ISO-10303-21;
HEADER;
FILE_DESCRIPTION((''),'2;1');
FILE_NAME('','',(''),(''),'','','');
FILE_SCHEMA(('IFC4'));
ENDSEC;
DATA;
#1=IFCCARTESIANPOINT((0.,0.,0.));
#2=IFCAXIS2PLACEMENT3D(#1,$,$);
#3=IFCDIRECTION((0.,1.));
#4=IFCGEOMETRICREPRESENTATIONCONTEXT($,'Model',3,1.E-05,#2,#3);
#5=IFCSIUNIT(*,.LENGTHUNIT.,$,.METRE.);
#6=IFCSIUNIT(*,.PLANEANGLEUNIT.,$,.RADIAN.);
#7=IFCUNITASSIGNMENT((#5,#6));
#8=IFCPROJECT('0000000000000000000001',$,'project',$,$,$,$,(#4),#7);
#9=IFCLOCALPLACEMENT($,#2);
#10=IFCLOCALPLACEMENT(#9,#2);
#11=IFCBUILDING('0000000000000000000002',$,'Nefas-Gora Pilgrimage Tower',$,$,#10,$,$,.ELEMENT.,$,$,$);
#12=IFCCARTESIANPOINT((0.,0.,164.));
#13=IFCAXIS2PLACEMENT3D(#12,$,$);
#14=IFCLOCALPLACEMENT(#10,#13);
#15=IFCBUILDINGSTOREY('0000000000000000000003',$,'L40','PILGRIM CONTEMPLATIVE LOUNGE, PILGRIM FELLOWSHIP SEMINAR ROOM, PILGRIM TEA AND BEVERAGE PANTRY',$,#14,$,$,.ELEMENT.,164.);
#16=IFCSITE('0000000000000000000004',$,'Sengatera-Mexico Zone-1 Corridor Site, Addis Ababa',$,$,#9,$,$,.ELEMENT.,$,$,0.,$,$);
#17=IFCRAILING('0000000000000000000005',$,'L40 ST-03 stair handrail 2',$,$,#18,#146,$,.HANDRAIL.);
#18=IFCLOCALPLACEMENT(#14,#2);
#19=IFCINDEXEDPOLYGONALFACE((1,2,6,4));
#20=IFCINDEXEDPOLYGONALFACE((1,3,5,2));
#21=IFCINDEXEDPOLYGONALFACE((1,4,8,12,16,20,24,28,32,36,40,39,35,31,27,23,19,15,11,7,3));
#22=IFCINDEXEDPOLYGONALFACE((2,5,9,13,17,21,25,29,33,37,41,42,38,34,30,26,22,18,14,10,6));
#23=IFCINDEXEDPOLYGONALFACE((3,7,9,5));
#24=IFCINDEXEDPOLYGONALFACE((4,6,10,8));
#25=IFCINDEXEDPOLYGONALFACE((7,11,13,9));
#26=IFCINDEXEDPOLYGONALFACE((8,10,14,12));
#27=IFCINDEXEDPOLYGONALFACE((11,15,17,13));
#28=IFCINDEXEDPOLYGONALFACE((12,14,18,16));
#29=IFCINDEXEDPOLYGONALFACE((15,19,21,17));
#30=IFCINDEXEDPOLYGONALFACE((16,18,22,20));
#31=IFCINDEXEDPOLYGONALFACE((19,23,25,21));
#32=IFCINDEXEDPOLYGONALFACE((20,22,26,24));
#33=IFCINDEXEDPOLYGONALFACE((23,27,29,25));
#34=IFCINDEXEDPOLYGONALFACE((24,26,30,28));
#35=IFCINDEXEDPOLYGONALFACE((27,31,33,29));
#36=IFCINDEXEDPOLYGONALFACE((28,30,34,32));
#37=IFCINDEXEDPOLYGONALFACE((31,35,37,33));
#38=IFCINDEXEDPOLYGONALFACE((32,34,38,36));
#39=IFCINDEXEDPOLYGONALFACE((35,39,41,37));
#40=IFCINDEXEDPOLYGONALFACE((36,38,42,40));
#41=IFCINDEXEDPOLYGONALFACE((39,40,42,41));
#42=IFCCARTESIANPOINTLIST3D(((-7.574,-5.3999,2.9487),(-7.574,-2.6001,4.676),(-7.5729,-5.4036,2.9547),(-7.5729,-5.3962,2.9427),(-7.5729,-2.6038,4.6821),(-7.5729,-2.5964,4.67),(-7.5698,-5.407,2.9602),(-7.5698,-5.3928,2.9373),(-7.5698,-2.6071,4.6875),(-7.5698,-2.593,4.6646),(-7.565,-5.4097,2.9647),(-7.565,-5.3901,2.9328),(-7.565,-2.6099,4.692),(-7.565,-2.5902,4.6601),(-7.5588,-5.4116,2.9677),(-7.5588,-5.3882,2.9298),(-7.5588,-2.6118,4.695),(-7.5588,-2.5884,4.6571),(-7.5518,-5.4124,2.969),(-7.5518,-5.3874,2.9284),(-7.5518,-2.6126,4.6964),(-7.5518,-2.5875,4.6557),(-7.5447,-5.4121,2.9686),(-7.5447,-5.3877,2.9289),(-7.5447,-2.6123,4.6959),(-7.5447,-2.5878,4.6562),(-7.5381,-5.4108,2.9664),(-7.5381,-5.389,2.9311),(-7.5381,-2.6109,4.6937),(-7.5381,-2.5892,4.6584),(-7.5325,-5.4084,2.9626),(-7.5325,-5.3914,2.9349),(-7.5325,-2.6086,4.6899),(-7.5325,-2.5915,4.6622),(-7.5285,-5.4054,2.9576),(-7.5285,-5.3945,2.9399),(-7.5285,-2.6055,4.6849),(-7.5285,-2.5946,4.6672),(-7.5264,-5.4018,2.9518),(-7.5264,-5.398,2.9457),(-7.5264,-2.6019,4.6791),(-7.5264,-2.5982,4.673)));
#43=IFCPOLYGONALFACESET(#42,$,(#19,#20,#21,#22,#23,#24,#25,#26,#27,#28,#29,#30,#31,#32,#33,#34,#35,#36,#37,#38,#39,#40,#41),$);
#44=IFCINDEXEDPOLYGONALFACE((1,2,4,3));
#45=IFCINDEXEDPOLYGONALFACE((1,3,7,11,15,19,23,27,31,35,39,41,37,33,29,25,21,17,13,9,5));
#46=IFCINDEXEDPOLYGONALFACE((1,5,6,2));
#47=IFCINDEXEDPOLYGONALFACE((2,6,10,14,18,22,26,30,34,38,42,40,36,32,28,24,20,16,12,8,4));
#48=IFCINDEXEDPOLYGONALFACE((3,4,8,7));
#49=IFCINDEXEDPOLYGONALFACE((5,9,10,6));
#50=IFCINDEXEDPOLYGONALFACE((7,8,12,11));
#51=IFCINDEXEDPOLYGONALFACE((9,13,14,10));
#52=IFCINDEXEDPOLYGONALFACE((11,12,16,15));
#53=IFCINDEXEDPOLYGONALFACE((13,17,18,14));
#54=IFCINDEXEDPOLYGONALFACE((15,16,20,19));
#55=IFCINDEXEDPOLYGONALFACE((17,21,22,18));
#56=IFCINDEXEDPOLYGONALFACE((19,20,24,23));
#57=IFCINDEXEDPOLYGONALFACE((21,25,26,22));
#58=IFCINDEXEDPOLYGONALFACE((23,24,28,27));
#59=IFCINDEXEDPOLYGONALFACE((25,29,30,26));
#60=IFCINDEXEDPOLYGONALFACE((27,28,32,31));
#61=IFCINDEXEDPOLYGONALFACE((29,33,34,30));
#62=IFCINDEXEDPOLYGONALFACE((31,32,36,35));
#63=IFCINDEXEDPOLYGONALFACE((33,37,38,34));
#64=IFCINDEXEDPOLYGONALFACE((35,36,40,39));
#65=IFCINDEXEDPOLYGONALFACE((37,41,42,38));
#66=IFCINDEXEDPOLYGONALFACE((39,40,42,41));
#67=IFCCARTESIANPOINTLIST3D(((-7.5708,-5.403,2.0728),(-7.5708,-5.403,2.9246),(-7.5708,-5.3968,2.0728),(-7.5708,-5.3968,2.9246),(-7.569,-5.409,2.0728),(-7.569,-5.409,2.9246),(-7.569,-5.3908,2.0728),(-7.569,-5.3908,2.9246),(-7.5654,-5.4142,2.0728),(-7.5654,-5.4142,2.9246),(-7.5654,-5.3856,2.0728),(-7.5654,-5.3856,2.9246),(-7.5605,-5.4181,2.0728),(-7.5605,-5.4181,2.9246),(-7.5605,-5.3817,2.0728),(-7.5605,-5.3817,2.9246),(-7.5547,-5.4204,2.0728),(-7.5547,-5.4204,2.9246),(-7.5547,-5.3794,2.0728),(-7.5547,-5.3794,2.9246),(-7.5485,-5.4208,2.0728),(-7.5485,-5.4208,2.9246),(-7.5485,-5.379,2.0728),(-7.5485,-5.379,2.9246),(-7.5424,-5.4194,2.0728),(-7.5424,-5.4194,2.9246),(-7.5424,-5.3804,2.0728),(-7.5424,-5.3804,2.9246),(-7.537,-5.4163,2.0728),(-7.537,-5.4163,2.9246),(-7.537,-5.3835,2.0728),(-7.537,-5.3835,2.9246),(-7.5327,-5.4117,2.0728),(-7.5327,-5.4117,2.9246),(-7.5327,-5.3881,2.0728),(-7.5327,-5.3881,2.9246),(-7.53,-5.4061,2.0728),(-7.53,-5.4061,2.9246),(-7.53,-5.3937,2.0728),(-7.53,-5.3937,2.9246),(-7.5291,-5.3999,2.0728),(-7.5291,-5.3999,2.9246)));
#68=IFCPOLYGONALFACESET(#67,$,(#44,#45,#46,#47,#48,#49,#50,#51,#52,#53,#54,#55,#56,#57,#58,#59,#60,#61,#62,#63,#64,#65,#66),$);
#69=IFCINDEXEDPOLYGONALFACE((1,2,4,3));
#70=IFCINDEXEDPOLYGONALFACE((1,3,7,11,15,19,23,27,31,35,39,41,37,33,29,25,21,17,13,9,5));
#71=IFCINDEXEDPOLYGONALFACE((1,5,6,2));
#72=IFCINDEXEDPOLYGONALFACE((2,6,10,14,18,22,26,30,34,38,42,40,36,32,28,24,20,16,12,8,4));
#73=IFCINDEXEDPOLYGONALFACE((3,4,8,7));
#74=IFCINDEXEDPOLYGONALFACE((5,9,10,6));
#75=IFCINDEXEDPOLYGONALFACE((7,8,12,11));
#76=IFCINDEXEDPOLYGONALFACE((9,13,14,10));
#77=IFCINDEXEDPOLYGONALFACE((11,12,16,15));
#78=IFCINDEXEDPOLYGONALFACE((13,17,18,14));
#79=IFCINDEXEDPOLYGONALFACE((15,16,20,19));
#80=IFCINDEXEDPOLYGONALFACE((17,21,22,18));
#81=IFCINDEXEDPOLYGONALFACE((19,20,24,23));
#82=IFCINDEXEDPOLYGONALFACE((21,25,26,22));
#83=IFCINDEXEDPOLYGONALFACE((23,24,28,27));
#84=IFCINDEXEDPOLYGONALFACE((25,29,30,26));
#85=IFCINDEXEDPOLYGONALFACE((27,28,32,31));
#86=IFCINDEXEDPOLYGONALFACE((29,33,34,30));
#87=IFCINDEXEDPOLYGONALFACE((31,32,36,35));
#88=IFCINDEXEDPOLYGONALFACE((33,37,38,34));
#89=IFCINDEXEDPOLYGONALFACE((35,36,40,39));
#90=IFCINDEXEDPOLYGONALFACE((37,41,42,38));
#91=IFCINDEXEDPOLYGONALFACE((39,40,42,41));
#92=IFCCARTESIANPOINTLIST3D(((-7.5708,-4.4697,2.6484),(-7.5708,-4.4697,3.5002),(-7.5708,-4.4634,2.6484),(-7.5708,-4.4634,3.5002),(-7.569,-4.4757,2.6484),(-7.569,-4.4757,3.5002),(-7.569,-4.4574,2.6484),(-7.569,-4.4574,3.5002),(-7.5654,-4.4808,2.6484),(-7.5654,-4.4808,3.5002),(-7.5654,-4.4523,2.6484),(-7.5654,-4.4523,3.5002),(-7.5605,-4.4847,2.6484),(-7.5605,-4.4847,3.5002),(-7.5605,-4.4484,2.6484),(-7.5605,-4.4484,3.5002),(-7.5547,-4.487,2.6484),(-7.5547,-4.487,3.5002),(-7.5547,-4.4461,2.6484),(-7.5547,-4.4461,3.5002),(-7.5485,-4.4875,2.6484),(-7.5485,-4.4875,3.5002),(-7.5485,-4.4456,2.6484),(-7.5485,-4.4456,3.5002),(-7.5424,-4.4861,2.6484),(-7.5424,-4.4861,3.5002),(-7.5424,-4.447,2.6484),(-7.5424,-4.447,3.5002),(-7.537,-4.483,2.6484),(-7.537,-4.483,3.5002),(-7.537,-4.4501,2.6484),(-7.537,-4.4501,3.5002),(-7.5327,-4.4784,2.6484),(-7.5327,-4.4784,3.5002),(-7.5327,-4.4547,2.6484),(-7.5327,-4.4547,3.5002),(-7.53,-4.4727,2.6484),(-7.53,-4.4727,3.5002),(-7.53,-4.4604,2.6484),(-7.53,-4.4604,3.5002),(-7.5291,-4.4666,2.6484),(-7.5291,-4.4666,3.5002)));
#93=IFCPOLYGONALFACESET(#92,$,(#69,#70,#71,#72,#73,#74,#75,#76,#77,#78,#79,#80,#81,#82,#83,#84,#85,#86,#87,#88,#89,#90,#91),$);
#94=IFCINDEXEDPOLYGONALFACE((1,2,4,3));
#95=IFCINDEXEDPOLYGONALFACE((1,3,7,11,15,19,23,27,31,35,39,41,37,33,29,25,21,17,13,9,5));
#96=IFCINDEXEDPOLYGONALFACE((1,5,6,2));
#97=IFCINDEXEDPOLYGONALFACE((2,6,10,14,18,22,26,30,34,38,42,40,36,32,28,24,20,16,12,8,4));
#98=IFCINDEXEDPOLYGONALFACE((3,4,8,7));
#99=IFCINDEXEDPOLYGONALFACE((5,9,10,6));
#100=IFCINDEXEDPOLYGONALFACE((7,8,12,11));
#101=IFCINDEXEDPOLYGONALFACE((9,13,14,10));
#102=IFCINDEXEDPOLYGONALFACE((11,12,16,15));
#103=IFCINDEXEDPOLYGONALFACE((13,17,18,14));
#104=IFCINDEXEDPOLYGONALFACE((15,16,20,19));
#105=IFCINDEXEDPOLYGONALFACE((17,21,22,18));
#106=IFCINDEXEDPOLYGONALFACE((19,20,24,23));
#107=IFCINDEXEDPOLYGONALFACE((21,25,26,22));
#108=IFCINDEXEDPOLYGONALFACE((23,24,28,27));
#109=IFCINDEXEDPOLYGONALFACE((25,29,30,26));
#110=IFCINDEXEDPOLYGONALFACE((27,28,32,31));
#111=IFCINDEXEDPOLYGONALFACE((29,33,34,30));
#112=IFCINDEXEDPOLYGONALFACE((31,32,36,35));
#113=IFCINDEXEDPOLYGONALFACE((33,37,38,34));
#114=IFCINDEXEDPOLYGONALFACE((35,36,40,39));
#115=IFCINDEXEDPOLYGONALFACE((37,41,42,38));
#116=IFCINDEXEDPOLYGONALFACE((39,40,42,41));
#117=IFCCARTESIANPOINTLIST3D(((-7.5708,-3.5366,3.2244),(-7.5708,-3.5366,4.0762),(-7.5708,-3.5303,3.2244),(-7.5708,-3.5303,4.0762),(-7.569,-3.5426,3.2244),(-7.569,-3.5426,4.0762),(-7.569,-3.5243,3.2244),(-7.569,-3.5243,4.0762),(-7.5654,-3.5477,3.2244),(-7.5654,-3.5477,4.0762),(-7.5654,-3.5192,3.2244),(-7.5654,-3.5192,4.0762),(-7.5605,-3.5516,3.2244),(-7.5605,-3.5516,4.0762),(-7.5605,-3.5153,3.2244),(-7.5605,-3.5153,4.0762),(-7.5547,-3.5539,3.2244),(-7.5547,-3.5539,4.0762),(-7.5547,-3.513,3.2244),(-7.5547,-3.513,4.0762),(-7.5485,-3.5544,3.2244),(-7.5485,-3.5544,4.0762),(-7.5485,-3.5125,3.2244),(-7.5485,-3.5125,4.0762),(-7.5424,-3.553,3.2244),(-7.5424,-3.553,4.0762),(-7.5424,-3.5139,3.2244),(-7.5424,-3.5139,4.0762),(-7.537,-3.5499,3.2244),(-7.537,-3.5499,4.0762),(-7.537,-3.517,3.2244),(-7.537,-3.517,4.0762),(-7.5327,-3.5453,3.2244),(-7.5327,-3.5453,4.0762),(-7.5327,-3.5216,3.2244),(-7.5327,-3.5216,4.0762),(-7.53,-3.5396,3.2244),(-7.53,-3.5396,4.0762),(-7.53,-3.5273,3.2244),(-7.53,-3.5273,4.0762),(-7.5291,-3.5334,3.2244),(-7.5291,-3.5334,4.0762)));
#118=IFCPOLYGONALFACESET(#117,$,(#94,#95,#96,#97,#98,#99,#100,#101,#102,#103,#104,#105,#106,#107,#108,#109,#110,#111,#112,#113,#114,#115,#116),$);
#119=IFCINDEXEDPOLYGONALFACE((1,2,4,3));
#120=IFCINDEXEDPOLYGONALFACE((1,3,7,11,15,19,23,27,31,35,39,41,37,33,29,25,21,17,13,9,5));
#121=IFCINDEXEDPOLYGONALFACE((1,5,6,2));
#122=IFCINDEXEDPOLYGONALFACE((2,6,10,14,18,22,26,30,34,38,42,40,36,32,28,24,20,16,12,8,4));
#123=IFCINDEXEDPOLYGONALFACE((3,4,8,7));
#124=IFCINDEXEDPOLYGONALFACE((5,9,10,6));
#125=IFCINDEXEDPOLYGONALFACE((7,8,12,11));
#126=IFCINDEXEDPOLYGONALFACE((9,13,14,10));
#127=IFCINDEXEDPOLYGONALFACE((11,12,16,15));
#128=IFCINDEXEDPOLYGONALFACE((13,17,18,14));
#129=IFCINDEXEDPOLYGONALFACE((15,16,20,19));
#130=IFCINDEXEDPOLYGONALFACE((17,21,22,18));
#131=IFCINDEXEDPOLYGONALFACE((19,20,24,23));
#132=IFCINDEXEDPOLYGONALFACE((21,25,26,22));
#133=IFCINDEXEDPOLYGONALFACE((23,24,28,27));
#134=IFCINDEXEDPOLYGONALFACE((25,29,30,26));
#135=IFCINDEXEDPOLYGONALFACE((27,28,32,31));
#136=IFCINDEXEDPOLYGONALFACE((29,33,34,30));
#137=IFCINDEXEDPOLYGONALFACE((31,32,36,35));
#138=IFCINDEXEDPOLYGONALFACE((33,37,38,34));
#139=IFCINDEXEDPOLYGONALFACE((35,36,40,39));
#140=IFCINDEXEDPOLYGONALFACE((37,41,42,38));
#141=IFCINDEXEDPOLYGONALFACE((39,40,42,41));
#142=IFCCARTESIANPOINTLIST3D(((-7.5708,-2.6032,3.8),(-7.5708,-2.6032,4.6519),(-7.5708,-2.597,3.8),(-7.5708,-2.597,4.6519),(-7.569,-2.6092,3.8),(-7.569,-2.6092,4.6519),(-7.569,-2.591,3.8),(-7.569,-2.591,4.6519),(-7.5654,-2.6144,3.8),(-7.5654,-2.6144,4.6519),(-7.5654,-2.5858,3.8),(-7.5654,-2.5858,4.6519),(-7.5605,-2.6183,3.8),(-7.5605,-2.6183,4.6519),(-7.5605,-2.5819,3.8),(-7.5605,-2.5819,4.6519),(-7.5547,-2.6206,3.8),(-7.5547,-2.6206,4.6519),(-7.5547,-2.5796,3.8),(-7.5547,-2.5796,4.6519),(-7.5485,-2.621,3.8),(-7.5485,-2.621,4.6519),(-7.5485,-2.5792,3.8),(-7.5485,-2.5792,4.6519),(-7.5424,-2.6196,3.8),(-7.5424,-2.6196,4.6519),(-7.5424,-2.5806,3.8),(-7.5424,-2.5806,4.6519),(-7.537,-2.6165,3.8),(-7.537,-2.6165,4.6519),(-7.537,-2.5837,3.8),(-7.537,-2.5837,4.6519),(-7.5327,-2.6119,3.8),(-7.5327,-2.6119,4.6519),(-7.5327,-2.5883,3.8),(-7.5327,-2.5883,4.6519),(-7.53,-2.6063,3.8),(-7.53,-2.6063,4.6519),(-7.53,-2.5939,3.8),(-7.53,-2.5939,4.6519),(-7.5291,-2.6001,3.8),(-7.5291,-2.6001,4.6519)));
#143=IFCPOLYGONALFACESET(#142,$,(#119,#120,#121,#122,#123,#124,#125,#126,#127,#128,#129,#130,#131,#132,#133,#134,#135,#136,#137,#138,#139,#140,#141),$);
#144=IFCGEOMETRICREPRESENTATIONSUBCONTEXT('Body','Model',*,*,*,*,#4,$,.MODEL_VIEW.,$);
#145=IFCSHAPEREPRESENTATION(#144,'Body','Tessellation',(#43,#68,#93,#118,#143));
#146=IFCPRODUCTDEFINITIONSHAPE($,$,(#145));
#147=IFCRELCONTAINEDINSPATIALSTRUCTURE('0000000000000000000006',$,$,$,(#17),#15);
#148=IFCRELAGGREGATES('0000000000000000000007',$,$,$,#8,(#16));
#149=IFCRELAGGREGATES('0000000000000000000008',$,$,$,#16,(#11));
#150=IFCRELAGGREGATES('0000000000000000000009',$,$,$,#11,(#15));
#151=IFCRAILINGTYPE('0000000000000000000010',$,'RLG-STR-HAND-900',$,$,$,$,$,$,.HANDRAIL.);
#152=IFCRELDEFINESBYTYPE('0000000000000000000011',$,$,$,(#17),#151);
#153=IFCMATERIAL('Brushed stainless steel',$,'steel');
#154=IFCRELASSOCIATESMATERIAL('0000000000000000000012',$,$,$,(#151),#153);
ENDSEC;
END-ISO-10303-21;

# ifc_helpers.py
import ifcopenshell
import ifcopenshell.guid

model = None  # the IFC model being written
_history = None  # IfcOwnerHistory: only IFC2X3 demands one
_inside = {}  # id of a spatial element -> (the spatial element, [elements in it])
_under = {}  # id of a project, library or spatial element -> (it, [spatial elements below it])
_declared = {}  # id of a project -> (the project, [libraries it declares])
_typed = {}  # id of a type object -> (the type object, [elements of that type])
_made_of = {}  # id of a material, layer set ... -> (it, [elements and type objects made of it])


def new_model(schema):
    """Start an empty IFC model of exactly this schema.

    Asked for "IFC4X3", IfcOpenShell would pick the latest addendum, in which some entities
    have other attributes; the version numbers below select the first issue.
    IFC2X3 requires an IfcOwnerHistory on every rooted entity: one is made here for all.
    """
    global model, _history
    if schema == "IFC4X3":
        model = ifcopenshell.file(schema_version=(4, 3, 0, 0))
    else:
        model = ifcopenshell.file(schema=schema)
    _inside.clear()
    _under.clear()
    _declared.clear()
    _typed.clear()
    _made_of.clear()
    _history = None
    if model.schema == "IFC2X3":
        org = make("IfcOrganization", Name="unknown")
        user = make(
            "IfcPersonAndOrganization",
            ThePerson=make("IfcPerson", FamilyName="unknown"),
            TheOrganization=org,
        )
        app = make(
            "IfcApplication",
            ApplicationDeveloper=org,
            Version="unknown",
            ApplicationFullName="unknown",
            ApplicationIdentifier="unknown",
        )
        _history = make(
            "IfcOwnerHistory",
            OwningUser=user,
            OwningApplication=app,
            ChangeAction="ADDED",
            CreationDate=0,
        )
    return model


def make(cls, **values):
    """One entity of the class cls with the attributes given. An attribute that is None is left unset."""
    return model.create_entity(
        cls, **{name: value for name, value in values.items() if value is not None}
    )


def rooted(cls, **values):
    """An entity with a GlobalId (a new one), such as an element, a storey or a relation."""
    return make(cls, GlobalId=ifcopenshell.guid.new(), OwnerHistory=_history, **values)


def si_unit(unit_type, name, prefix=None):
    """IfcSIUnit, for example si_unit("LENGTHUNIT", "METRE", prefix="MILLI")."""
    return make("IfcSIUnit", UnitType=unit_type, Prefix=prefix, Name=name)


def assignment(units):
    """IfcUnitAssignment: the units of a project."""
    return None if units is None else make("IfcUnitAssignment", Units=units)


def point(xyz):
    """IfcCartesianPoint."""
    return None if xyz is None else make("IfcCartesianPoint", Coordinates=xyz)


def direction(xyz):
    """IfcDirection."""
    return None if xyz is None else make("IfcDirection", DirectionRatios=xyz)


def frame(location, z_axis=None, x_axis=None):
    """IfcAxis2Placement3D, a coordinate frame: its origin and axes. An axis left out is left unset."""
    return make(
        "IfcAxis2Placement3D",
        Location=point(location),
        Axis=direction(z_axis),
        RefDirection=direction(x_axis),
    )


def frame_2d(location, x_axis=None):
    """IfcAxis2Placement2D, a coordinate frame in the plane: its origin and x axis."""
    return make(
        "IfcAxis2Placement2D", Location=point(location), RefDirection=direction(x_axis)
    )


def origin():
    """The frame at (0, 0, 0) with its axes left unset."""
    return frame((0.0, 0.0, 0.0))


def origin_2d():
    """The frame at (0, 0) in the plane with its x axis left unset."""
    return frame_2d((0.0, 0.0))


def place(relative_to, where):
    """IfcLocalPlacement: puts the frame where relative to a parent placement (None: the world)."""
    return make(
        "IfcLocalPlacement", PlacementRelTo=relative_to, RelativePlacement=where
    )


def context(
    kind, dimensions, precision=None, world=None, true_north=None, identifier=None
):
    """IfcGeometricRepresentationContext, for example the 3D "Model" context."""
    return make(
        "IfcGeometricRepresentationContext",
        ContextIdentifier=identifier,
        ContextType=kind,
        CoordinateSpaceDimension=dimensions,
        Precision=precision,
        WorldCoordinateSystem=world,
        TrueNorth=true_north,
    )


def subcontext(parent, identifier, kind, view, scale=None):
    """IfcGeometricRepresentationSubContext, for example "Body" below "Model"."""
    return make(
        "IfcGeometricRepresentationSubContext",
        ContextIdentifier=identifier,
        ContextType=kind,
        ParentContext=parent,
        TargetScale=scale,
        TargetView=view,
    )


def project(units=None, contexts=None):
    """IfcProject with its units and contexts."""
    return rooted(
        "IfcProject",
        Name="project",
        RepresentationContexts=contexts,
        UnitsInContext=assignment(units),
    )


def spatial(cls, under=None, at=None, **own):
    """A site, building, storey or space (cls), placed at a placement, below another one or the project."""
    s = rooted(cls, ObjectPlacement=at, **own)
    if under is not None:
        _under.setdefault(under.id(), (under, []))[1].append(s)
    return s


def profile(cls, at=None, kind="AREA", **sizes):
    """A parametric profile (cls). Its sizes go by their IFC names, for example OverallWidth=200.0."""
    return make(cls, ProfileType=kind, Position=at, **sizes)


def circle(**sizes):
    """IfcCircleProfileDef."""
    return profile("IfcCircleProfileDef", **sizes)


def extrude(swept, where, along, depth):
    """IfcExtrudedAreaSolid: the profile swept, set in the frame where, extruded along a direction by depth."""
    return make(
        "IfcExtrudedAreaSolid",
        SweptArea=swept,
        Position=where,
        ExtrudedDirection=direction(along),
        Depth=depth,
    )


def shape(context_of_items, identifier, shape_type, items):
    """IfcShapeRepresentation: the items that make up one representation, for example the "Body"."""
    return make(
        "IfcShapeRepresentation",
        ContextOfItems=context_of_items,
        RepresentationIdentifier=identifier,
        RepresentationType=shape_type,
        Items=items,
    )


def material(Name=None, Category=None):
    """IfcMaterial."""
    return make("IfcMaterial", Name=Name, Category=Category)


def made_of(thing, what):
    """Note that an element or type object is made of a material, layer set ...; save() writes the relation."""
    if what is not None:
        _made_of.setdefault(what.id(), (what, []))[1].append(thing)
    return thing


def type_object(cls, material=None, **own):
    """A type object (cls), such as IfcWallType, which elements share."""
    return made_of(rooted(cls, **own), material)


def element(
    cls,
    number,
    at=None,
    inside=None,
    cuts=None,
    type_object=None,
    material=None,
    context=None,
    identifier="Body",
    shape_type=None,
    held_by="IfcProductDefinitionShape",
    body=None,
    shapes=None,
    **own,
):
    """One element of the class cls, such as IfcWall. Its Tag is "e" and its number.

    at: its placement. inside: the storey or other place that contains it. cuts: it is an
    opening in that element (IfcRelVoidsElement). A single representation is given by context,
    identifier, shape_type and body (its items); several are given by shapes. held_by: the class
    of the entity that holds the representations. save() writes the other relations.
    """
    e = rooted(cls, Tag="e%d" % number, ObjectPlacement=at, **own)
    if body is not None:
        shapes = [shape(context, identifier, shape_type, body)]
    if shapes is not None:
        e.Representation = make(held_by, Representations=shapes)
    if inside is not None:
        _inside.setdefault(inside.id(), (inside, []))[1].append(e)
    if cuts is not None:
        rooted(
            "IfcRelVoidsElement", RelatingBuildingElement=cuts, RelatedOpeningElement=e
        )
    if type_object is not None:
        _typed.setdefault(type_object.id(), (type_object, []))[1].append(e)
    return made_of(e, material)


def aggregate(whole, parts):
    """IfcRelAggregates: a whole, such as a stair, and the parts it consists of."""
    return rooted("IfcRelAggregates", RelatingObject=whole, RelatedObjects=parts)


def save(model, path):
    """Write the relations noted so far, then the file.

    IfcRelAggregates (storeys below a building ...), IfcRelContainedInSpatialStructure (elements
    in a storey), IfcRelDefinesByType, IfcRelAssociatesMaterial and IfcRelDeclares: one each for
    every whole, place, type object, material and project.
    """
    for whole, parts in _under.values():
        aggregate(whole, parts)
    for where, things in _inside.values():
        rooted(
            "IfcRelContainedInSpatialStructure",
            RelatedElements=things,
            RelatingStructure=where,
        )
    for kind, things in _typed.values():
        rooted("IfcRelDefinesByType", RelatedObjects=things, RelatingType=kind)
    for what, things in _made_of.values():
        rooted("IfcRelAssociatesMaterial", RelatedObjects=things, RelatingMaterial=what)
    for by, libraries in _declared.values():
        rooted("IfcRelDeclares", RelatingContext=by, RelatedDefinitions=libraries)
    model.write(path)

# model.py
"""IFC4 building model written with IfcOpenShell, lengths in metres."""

from ifc_helpers import new_model, si_unit, direction, frame, origin, origin_2d, place, context, subcontext, project, spatial, circle, extrude, material, type_object, element, save


model = new_model("IFC4")

# Units and contexts
model_context = context("Model", 3, precision=1e-05, world=origin(), true_north=direction((0.0, 1.0)))
body_context = subcontext(model_context, "Body", "Model", "MODEL_VIEW")
ifc_project = project(units=[si_unit("LENGTHUNIT", "METRE"), si_unit("PLANEANGLEUNIT", "RADIAN")], contexts=[model_context])

# Site, building, storey
site_placement = place(None, origin())
site = spatial("IfcSite", under=ifc_project, at=site_placement, Name="Sengatera-Mexico Zone-1 Corridor Site, Addis Ababa", CompositionType="ELEMENT", RefElevation=0.0)
building_placement = place(site_placement, origin())
building = spatial("IfcBuilding", under=site, at=building_placement, Name="Nefas-Gora Pilgrimage Tower", CompositionType="ELEMENT")
storey_placement = place(building_placement, frame((0.0, 0.0, 164.0)))
storey = spatial("IfcBuildingStorey", under=building, at=storey_placement, Name="L40", Description="PILGRIM CONTEMPLATIVE LOUNGE, PILGRIM FELLOWSHIP SEMINAR ROOM, PILGRIM TEA AND BEVERAGE PANTRY", CompositionType="ELEMENT", Elevation=164.0)

# Railing
ifc_material_1 = material(Name="Brushed stainless steel", Category="steel")
railing_type_1 = type_object("IfcRailingType", Name="RLG-STR-HAND-900", PredefinedType="HANDRAIL", material=ifc_material_1)
railing_1_placement = place(storey_placement, frame((-7.55, -5.3999, 2.0728)))
element("IfcRailing", 1, at=railing_1_placement, inside=storey, type_object=railing_type_1, Name="L40 ST-03 stair handrail 2", PredefinedType="HANDRAIL", context=body_context, shape_type="SweptSolid", body=[
    extrude(circle(Radius=0.0239, at=origin_2d()), frame((0.0, 0.0, 0.876), z_axis=(0.0, 0.851069, 0.525054), x_axis=(-1.0, 0.0, 0.0)), (0.0, 0.0, 1.0), 3.2898),
    extrude(circle(Radius=0.021, at=origin_2d()), origin(), (0.0, 0.0, 1.0), 0.8518),
    extrude(circle(Radius=0.021, at=origin_2d()), frame((0.0, 0.9333, 0.5757)), (0.0, 0.0, 1.0), 0.8518),
    extrude(circle(Radius=0.021, at=origin_2d()), frame((0.0, 1.8665, 1.1516)), (0.0, 0.0, 1.0), 0.8518),
    extrude(circle(Radius=0.021, at=origin_2d()), frame((0.0, 2.7998, 1.7273)), (0.0, 0.0, 1.0), 0.8518),
])

save(model, "model.ifc")
